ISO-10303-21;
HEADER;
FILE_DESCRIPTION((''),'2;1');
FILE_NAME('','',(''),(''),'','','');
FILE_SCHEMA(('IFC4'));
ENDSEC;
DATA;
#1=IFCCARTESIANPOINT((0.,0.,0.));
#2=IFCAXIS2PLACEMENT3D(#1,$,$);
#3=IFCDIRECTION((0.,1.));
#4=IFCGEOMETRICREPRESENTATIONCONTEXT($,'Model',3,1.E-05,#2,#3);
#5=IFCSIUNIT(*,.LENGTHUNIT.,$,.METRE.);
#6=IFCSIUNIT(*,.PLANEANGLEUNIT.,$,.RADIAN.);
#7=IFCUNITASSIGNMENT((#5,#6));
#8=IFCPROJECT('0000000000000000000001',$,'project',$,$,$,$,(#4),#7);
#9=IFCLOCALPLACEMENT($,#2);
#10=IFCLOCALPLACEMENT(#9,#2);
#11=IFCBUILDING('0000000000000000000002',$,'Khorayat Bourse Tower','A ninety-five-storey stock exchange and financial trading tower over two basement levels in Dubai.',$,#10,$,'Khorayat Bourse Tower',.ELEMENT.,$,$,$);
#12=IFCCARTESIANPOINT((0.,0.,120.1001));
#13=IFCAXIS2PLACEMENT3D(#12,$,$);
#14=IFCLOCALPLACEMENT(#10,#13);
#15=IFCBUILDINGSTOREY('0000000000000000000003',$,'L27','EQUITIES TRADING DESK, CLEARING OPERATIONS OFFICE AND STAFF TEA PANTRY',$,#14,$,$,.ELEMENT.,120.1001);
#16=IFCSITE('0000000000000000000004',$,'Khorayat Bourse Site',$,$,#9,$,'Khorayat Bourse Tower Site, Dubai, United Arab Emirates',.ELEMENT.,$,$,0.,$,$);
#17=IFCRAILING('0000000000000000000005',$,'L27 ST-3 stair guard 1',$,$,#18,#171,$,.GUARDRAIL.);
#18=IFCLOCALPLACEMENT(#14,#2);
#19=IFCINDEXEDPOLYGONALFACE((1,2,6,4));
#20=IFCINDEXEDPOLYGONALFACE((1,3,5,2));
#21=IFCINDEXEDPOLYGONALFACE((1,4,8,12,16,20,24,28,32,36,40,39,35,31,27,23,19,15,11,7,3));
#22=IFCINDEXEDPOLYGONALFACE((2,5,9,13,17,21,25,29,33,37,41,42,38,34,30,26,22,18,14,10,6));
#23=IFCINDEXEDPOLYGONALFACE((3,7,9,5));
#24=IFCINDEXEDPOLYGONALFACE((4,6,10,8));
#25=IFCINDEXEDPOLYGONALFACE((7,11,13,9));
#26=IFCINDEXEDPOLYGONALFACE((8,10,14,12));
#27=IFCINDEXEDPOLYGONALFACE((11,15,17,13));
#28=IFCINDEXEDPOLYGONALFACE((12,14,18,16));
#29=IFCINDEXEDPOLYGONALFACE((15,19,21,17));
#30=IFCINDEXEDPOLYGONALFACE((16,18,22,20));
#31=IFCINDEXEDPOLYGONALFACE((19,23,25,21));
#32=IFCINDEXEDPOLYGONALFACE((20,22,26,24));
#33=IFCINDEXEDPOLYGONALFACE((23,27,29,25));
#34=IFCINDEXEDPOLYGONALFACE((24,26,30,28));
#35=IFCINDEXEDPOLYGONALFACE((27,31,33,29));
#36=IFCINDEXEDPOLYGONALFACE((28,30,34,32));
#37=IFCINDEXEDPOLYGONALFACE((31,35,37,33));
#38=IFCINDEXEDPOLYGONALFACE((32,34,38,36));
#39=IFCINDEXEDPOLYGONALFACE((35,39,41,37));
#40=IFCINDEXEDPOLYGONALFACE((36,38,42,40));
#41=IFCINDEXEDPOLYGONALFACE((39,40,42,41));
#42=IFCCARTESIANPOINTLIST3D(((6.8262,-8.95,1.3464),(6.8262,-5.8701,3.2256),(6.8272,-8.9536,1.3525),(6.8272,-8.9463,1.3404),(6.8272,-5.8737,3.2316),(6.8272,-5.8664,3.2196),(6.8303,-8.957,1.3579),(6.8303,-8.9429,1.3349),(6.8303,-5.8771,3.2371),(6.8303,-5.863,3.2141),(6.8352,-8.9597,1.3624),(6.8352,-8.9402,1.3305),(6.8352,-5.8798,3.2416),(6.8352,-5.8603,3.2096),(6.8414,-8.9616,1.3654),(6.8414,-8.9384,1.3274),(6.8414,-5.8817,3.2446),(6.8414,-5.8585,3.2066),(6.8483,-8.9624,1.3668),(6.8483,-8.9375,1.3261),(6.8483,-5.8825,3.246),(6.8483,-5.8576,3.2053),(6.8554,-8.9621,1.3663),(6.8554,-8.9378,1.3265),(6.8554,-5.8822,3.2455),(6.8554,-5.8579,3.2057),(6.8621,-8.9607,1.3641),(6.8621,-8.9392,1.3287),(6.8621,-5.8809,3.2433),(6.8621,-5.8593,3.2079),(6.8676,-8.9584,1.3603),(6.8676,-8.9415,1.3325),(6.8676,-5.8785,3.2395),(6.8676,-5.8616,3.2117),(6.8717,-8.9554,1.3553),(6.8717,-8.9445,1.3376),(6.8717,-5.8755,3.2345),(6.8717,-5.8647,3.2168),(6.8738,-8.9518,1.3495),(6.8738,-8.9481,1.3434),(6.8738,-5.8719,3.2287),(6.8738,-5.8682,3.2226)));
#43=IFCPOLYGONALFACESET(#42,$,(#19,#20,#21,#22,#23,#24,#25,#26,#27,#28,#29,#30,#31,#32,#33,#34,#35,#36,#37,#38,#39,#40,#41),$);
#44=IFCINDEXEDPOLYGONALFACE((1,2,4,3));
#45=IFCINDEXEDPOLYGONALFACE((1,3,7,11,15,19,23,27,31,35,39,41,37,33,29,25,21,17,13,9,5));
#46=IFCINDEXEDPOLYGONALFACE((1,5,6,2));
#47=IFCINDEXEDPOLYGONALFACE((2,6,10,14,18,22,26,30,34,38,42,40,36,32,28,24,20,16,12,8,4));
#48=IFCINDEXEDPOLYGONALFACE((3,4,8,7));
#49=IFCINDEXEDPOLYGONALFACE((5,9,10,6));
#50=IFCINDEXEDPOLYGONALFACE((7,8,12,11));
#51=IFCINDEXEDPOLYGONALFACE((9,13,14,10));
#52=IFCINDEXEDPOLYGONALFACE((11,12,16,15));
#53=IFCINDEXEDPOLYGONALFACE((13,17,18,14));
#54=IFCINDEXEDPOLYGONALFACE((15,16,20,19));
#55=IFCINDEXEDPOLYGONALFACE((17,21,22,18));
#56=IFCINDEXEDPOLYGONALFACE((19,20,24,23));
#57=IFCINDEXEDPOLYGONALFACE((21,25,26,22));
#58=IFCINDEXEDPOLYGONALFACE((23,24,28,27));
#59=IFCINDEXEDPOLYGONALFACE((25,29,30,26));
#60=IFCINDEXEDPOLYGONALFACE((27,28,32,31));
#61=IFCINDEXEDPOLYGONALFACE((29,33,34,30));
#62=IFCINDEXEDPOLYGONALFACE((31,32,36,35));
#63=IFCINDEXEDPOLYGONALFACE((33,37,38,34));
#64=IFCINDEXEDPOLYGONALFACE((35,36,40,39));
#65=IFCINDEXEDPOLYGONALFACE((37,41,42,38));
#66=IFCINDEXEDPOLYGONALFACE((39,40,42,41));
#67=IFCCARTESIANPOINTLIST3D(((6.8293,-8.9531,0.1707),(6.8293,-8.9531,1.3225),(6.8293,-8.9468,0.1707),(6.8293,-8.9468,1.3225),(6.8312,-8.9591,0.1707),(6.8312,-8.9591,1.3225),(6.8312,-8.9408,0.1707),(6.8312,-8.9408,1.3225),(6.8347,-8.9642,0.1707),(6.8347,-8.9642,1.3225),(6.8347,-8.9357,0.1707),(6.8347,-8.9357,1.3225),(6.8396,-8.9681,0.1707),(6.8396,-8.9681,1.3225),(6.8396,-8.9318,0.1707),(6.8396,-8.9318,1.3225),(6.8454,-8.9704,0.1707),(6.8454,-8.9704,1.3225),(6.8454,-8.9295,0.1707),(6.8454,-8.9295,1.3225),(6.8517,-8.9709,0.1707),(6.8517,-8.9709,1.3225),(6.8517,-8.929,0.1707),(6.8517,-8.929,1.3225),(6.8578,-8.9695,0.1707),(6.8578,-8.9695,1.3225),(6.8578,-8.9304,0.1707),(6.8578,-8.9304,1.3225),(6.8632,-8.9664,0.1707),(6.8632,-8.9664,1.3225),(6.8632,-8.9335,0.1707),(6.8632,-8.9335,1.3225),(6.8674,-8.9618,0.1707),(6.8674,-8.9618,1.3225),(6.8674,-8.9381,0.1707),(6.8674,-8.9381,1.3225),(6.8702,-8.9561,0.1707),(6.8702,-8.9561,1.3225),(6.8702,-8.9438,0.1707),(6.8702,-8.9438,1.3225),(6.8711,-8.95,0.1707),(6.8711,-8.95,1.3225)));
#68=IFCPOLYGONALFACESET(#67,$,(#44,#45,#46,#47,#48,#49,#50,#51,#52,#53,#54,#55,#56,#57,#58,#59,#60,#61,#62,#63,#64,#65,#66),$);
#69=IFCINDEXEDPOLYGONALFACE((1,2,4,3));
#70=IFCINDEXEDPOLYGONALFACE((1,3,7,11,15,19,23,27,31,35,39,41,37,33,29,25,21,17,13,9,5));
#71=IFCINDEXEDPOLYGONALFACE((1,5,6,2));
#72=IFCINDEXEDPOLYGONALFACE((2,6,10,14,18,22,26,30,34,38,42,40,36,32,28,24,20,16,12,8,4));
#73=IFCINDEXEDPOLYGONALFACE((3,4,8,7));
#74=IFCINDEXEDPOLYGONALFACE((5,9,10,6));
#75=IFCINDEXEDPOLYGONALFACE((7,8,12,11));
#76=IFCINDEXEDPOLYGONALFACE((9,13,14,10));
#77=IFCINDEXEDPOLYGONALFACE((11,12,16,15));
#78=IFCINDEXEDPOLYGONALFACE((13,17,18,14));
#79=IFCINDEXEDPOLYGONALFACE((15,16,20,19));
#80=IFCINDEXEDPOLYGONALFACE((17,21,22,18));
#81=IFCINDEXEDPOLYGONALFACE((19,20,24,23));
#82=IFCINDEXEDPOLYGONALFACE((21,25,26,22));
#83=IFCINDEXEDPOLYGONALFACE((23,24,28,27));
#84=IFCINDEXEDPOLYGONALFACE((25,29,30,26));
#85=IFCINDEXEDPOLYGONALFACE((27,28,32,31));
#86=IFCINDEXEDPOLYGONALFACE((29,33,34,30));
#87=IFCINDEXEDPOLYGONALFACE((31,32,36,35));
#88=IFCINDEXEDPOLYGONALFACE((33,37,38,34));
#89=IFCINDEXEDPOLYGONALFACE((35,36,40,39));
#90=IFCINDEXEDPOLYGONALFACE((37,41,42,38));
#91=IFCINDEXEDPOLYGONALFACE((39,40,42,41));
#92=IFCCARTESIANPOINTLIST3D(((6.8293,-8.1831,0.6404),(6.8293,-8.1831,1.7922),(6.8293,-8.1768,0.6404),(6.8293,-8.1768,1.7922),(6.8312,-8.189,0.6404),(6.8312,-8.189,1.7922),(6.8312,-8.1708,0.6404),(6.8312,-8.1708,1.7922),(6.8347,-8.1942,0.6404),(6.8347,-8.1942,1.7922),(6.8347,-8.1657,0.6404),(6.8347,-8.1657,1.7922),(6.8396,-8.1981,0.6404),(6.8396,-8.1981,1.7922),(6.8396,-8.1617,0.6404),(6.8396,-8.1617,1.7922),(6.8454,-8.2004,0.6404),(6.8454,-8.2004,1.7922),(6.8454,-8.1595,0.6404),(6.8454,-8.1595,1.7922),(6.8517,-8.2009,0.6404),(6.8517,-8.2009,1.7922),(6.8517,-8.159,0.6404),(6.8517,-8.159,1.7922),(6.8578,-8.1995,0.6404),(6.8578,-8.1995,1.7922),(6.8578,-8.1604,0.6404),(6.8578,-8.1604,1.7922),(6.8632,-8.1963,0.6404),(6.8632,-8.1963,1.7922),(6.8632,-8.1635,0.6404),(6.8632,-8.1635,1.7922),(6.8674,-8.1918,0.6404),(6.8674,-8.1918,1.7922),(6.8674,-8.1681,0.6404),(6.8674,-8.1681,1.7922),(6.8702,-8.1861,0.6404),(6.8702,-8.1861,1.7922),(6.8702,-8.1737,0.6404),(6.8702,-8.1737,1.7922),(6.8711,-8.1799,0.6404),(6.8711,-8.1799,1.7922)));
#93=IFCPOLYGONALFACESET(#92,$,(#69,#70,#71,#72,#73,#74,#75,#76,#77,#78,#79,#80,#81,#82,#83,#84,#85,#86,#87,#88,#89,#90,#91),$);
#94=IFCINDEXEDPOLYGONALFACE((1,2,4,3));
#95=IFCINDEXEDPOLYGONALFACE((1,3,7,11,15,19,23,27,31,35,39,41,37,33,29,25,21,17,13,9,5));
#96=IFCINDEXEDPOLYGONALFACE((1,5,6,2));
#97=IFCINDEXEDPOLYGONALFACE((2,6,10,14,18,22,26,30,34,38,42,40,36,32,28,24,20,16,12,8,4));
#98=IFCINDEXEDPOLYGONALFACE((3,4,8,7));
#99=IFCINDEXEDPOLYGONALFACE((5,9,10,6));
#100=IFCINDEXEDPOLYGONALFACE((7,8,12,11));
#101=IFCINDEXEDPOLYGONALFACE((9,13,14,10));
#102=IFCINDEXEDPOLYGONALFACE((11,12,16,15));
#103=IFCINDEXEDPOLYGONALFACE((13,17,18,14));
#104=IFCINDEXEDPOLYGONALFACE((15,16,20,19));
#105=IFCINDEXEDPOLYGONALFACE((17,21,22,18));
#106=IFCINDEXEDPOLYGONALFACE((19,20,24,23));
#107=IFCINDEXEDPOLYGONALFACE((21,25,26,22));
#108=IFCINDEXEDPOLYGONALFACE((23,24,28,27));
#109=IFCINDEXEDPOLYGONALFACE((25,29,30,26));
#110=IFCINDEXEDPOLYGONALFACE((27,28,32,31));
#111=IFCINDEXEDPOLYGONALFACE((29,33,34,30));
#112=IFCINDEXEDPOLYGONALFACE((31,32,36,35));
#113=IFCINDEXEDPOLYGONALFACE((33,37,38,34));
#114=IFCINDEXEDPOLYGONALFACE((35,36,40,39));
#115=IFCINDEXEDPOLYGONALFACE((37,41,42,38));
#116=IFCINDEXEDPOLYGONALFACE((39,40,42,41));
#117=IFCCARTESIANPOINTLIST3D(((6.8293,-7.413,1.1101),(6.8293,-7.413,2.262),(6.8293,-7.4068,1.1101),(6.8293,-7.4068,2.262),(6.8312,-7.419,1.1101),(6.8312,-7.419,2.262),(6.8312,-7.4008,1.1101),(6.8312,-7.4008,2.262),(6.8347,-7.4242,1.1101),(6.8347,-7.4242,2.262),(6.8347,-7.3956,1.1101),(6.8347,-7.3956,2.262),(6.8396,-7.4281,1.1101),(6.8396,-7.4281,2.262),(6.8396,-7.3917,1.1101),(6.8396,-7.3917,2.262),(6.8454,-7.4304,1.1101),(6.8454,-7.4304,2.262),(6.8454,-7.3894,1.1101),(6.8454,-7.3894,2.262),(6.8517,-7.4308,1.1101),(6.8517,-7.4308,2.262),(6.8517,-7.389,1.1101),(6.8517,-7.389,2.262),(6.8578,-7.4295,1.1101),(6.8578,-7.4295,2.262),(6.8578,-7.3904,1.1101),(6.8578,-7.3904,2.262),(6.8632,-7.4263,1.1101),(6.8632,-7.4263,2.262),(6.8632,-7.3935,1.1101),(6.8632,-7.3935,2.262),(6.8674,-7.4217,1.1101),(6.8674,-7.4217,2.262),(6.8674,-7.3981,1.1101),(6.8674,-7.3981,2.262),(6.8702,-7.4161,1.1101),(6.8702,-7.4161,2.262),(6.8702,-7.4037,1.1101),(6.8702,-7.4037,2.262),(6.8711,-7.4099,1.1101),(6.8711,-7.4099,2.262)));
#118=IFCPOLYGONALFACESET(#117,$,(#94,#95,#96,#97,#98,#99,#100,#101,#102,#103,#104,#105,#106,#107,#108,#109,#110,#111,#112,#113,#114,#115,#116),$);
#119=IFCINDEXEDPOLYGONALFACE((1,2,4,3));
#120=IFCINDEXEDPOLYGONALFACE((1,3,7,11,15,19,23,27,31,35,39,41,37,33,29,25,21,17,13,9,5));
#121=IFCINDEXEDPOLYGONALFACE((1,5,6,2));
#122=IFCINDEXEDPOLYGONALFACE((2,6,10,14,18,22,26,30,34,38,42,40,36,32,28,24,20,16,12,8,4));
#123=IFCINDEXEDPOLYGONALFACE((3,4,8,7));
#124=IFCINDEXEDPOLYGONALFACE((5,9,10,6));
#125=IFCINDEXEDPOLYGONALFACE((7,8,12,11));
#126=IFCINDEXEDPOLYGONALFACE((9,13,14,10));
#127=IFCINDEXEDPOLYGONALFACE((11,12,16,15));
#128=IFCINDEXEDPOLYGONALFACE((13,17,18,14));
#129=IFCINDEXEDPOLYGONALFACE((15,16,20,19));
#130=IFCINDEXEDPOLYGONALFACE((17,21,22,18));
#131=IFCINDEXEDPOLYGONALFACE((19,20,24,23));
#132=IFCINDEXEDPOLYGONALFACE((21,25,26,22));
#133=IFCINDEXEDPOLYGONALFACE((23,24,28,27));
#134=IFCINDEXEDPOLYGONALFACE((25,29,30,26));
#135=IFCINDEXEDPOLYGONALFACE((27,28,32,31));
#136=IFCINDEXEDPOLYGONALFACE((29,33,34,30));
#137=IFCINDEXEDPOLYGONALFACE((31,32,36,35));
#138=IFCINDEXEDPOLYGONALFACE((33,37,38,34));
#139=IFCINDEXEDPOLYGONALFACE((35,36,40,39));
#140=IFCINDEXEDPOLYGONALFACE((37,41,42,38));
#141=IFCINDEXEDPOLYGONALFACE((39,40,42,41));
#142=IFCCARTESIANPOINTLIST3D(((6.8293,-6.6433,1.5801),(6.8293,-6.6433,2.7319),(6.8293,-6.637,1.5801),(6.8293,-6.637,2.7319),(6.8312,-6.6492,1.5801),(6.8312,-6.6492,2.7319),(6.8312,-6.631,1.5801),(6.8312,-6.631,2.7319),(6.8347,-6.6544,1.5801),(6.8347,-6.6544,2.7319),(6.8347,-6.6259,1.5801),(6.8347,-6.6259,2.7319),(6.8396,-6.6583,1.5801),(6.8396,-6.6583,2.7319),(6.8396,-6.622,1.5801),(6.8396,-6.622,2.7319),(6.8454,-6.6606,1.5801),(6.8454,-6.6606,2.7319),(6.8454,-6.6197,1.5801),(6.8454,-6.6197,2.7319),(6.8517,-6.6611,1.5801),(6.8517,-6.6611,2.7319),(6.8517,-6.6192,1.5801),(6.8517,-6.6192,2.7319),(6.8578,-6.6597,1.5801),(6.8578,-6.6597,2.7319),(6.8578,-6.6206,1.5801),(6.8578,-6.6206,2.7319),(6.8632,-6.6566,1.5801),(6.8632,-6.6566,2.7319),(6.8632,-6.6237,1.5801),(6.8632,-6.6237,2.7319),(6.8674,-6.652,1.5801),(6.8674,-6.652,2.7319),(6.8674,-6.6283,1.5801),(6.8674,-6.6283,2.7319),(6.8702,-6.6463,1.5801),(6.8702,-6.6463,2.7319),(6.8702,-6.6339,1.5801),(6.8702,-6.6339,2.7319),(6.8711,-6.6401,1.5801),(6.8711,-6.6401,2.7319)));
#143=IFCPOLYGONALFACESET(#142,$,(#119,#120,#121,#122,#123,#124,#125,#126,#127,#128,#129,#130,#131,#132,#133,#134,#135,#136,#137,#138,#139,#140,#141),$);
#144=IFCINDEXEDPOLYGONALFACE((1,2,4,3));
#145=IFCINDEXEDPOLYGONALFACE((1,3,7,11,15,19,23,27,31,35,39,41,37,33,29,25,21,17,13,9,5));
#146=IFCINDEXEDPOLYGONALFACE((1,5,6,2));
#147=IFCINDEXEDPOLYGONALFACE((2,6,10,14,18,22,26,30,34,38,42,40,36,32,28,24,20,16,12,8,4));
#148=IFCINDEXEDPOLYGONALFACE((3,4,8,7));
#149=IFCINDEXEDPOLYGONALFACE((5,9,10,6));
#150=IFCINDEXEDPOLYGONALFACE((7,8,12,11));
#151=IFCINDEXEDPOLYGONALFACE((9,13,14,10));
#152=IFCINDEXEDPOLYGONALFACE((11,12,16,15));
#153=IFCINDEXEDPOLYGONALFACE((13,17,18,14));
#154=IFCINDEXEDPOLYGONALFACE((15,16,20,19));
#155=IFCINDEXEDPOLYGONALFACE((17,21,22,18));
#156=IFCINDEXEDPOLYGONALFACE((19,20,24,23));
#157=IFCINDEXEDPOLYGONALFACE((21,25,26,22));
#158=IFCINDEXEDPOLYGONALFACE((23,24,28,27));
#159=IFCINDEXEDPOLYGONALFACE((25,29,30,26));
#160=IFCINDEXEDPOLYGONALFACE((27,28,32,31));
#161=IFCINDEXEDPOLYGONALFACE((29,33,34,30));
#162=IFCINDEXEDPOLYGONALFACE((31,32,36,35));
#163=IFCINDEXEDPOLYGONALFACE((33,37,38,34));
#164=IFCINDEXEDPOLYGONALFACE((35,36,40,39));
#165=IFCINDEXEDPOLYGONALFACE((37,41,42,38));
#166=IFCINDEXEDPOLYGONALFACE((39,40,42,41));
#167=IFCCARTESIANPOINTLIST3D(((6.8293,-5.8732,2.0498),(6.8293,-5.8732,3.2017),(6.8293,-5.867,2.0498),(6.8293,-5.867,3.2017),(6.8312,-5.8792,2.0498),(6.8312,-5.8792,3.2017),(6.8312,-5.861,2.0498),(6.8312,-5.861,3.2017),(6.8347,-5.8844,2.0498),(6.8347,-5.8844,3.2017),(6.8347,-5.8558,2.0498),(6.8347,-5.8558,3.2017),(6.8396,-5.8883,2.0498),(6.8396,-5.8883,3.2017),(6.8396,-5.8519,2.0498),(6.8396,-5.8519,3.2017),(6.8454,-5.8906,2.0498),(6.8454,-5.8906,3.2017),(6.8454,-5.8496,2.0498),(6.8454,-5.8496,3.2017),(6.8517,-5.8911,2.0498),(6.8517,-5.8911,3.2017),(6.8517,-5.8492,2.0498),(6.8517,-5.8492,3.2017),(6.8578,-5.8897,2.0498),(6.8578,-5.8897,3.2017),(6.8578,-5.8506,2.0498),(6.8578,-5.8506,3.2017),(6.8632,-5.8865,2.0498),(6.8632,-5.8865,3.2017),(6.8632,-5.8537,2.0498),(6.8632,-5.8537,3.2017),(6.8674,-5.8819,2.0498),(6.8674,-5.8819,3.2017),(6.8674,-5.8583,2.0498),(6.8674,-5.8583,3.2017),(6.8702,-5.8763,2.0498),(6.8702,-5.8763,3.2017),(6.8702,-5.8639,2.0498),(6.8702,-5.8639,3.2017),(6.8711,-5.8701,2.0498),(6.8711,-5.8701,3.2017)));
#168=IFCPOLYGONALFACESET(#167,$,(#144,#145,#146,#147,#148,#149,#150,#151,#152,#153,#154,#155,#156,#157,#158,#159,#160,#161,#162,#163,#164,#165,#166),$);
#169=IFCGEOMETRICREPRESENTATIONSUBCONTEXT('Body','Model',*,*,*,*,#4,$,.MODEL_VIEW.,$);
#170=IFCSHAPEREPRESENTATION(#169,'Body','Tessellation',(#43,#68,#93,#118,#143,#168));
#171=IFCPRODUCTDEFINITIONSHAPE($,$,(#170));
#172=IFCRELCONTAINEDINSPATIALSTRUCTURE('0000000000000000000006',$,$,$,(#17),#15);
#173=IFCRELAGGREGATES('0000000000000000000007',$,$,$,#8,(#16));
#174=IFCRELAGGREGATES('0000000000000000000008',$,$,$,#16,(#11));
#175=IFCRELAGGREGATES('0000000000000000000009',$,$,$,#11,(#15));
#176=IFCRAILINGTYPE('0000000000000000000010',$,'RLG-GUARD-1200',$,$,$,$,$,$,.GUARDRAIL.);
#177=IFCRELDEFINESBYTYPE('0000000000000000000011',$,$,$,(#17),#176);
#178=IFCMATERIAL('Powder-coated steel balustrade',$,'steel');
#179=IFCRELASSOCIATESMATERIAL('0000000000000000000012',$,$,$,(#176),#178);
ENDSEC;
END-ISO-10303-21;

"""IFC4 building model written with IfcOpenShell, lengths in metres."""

from ifc_helpers import new_model, si_unit, direction, frame, origin, origin_2d, place, context, subcontext, project, spatial, circle, extrude, source, transform, mapped, material, type_object, element, save


model = new_model("IFC4")

# Units and contexts
model_context = context("Model", 3, precision=1e-05, world=origin(), true_north=direction((0.0, 1.0)))
body_context = subcontext(model_context, "Body", "Model", "MODEL_VIEW")
ifc_project = project(units=[si_unit("LENGTHUNIT", "METRE"), si_unit("PLANEANGLEUNIT", "RADIAN")], contexts=[model_context])

# Site, building, storey
site_placement = place(None, origin())
site = spatial("IfcSite", under=ifc_project, at=site_placement, Name="Khorayat Bourse Site", LongName="Khorayat Bourse Tower Site, Dubai, United Arab Emirates", CompositionType="ELEMENT", RefElevation=0.0)
building_placement = place(site_placement, origin())
building = spatial("IfcBuilding", under=site, at=building_placement, Name="Khorayat Bourse Tower", Description="A ninety-five-storey stock exchange and financial trading tower over two basement levels in Dubai.", LongName="Khorayat Bourse Tower", CompositionType="ELEMENT")
storey_placement = place(building_placement, frame((0.0, 0.0, 120.1001)))
storey = spatial("IfcBuildingStorey", under=building, at=storey_placement, Name="L27", Description="EQUITIES TRADING DESK, CLEARING OPERATIONS OFFICE AND STAFF TEA PANTRY", CompositionType="ELEMENT", Elevation=120.1001)

# Railing
ifc_material_1 = material(Name="Powder-coated steel balustrade", Category="steel")
railing_type_1 = type_object("IfcRailingType", Name="RLG-GUARD-1200", PredefinedType="GUARDRAIL", material=ifc_material_1)
shared_shape_1 = source(origin(), body_context, "Body", "SweptSolid", [
    extrude(circle(Radius=0.0239, at=origin_2d()), frame((0.0, 0.0, 1.1758), z_axis=(0.0, 0.853648, 0.52085), x_axis=(-1.0, 0.0, 0.0)), (0.0, 0.0, 1.0), 3.6079),
    extrude(circle(Radius=0.021, at=origin_2d()), origin(), (0.0, 0.0, 1.0), 1.1519),
    extrude(circle(Radius=0.021, at=origin_2d()), frame((0.0, 0.77, 0.4697)), (0.0, 0.0, 1.0), 1.1519),
    extrude(circle(Radius=0.021, at=origin_2d()), frame((0.0, 1.54, 0.9395)), (0.0, 0.0, 1.0), 1.1519),
    extrude(circle(Radius=0.021, at=origin_2d()), frame((0.0, 2.3098, 1.4094)), (0.0, 0.0, 1.0), 1.1519),
    extrude(circle(Radius=0.021, at=origin_2d()), frame((0.0, 3.0798, 1.8792)), (0.0, 0.0, 1.0), 1.1519),
])
railing_1_placement = place(storey_placement, frame((6.8501, -8.95, 0.1707)))
element("IfcRailing", 1, at=railing_1_placement, inside=storey, type_object=railing_type_1, Name="L27 ST-3 stair guard 1", PredefinedType="GUARDRAIL", context=body_context, shape_type="MappedRepresentation", body=[
    mapped(shared_shape_1, transform((0.0, 0.0, 0.0), scale=1.0)),
])

save(model, "model.ifc")
